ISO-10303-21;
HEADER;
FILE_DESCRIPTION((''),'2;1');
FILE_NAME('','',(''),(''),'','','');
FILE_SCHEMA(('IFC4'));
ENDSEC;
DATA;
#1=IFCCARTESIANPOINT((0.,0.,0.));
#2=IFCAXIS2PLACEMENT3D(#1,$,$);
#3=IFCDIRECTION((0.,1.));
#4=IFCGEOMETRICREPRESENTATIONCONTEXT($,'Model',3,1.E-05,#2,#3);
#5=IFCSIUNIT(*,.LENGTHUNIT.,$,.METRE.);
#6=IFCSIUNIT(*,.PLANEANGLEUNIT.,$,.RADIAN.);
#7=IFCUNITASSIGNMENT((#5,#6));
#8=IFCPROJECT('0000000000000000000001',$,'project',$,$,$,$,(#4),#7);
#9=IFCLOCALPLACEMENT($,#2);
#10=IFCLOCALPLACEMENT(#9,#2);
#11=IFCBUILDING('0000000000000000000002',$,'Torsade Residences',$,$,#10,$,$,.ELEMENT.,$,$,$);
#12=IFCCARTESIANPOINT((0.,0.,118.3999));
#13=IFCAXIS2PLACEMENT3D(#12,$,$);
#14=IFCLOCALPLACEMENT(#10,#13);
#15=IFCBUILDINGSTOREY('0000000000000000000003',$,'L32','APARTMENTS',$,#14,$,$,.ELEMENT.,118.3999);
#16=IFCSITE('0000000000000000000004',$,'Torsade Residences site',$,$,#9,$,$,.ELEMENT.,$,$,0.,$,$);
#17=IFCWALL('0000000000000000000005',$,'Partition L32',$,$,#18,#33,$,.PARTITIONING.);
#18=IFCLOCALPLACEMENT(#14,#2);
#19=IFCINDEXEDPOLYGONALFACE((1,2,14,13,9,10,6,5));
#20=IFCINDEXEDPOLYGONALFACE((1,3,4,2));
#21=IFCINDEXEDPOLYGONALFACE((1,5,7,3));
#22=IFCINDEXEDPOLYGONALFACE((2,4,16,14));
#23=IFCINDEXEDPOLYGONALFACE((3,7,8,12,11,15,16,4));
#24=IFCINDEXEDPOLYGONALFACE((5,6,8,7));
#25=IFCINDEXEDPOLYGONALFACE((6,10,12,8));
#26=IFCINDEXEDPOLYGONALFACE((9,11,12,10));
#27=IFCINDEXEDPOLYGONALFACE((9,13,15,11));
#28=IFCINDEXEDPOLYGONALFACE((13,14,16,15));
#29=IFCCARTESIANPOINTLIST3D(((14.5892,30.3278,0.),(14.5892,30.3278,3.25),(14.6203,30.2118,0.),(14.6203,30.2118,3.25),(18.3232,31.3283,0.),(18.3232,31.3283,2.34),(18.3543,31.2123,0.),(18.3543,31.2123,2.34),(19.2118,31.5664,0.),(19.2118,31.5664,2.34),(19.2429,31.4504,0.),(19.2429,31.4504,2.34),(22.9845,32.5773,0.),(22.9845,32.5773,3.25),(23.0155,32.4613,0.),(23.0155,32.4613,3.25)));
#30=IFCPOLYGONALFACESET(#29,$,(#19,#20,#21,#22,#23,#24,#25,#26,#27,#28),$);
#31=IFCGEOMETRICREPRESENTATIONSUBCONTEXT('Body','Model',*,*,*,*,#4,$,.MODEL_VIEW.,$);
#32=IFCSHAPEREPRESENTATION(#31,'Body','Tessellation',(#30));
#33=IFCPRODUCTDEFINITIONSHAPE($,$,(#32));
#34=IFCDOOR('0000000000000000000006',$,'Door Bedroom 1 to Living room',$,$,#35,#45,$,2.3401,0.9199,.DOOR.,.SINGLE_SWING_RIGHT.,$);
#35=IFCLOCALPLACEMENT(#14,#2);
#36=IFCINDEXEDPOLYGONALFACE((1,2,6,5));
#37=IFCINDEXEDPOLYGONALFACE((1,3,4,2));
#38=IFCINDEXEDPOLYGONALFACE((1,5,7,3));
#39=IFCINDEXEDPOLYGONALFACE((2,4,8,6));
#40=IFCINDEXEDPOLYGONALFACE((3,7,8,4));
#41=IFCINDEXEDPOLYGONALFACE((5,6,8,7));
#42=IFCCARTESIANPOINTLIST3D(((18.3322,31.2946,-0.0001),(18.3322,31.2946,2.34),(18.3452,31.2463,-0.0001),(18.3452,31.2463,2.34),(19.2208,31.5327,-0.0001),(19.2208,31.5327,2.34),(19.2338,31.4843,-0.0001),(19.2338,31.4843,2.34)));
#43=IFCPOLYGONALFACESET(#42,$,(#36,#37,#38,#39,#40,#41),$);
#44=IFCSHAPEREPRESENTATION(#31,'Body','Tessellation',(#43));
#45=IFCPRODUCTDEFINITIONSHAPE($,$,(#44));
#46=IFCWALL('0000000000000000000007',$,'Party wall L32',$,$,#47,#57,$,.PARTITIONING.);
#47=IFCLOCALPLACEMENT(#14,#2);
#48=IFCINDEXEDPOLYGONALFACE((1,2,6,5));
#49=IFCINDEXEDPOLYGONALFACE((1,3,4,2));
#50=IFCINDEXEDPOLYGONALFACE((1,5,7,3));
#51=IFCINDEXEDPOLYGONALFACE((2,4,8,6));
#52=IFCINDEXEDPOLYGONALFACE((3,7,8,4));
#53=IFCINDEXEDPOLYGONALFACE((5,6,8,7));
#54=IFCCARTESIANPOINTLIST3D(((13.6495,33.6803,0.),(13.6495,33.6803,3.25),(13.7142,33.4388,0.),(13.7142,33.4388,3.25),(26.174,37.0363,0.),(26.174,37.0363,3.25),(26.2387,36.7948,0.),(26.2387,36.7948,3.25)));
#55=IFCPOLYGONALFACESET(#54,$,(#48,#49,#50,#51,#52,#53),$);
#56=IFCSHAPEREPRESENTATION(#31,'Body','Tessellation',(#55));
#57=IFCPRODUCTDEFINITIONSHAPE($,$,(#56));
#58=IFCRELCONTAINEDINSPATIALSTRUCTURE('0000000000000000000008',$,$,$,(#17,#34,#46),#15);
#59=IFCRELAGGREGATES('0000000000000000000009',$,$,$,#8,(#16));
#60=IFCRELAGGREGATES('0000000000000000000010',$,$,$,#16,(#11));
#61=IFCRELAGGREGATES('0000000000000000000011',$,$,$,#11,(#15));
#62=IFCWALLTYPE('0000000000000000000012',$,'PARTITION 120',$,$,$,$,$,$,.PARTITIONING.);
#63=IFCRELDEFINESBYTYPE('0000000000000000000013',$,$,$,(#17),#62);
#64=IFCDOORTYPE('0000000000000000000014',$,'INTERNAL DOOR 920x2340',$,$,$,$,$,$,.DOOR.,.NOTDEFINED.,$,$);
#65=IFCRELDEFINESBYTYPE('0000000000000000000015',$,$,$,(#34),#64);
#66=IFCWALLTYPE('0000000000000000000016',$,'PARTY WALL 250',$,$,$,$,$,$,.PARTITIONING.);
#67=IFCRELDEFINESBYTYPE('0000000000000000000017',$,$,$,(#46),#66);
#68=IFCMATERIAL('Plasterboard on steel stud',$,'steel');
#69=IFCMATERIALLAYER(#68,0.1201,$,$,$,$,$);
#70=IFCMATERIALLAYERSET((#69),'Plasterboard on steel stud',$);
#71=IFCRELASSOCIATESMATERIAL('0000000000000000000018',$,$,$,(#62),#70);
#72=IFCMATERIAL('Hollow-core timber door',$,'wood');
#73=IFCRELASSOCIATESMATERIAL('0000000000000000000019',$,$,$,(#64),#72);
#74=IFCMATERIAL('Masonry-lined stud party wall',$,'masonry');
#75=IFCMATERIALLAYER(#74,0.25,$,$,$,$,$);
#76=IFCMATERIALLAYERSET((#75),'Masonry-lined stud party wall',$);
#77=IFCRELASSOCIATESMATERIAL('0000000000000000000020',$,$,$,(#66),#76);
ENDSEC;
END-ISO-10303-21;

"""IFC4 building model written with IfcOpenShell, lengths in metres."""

from ifc_helpers import new_model, si_unit, direction, frame, frame_2d, origin, place, context, subcontext, project, spatial, rectangle, extrude, material, layer, layer_set, type_object, element, fill, save


model = new_model("IFC4")

# Units and contexts
model_context = context("Model", 3, precision=1e-05, world=origin(), true_north=direction((0.0, 1.0)))
body_context = subcontext(model_context, "Body", "Model", "MODEL_VIEW")
ifc_project = project(units=[si_unit("LENGTHUNIT", "METRE"), si_unit("PLANEANGLEUNIT", "RADIAN")], contexts=[model_context])

# Site, building, storey
site_placement = place(None, origin())
site = spatial("IfcSite", under=ifc_project, at=site_placement, Name="Torsade Residences site", CompositionType="ELEMENT", RefElevation=0.0)
building_placement = place(site_placement, origin())
building = spatial("IfcBuilding", under=site, at=building_placement, Name="Torsade Residences", CompositionType="ELEMENT")
storey_placement = place(building_placement, frame((0.0, 0.0, 118.3999)))
storey = spatial("IfcBuildingStorey", under=building, at=storey_placement, Name="L32", Description="APARTMENTS", CompositionType="ELEMENT", Elevation=118.3999)

# Shared definitions
ifc_material_1 = material(Name="Plasterboard on steel stud", Category="steel")
ifc_layer_1 = layer(ifc_material_1, 0.1201)
ifc_layer_set_1 = layer_set([ifc_layer_1], Name="Plasterboard on steel stud")
wall_type_1 = type_object("IfcWallType", Name="PARTITION 120", PredefinedType="PARTITIONING", material=ifc_layer_set_1)

# Shared definitions
ifc_material_2 = material(Name="Hollow-core timber door", Category="wood")
door_type_1 = type_object("IfcDoorType", Name="INTERNAL DOOR 920x2340", OperationType="NOTDEFINED", PredefinedType="DOOR", material=ifc_material_2)

# Wall, opening, door
wall_1_placement = place(storey_placement, frame((23.0, 32.5193, 0.0), z_axis=(0.0, 0.0, 1.0), x_axis=(-0.965926, -0.25882, 0.0)))
wall_1 = element("IfcWall", 1, at=wall_1_placement, inside=storey, type_object=wall_type_1, Name="Partition L32", PredefinedType="PARTITIONING", context=body_context, shape_type="SweptSolid", body=[
    extrude(rectangle(XDim=8.6914, YDim=0.1201, at=frame_2d((4.3457, 0.0))), origin(), (0.0, 0.0, 1.0), 3.25),
])
opening_1_placement = place(wall_1_placement, frame((3.9058, 0.0, 0.0)))
opening_1 = element("IfcOpeningElement", 2, at=opening_1_placement, cuts=wall_1, PredefinedType="OPENING", context=body_context, shape_type="SweptSolid", body=[
    extrude(rectangle(XDim=0.9199, YDim=2.3401, at=frame_2d((0.46, 1.1699))), frame((0.0, 0.0701, 0.0), z_axis=(0.0, -1.0, 0.0), x_axis=(1.0, 0.0, 0.0)), (0.0, 0.0, 1.0), 0.1401),
])
door_1_placement = place(opening_1_placement, origin())
door_1 = element("IfcDoor", 3, at=door_1_placement, inside=storey, type_object=door_type_1, Name="Door Bedroom 1 to Living room", OperationType="SINGLE_SWING_RIGHT", OverallHeight=2.3401, OverallWidth=0.9199, PredefinedType="DOOR", context=body_context, shape_type="SweptSolid", body=[
    extrude(rectangle(XDim=0.9199, YDim=2.3401, at=frame_2d((0.46, 1.1699))), frame((0.0, 0.0249, 0.0), z_axis=(0.0, -1.0, 0.0), x_axis=(1.0, 0.0, 0.0)), (0.0, 0.0, 1.0), 0.05),
])
fill(opening_1, door_1)

# Wall
ifc_material_3 = material(Name="Masonry-lined stud party wall", Category="masonry")
ifc_layer_2 = layer(ifc_material_3, 0.25)
ifc_layer_set_2 = layer_set([ifc_layer_2], Name="Masonry-lined stud party wall")
wall_type_2 = type_object("IfcWallType", Name="PARTY WALL 250", PredefinedType="PARTITIONING", material=ifc_layer_set_2)
wall_2_placement = place(storey_placement, frame((13.6819, 33.5596, 0.0), z_axis=(0.0, 0.0, 1.0), x_axis=(0.965925, 0.258823, 0.0)))
element("IfcWall", 4, at=wall_2_placement, inside=storey, type_object=wall_type_2, Name="Party wall L32", PredefinedType="PARTITIONING", context=body_context, shape_type="SweptSolid", body=[
    extrude(rectangle(XDim=12.9663, YDim=0.25, at=frame_2d((6.4832, 0.0))), origin(), (0.0, 0.0, 1.0), 3.25),
])

save(model, "model.ifc")
